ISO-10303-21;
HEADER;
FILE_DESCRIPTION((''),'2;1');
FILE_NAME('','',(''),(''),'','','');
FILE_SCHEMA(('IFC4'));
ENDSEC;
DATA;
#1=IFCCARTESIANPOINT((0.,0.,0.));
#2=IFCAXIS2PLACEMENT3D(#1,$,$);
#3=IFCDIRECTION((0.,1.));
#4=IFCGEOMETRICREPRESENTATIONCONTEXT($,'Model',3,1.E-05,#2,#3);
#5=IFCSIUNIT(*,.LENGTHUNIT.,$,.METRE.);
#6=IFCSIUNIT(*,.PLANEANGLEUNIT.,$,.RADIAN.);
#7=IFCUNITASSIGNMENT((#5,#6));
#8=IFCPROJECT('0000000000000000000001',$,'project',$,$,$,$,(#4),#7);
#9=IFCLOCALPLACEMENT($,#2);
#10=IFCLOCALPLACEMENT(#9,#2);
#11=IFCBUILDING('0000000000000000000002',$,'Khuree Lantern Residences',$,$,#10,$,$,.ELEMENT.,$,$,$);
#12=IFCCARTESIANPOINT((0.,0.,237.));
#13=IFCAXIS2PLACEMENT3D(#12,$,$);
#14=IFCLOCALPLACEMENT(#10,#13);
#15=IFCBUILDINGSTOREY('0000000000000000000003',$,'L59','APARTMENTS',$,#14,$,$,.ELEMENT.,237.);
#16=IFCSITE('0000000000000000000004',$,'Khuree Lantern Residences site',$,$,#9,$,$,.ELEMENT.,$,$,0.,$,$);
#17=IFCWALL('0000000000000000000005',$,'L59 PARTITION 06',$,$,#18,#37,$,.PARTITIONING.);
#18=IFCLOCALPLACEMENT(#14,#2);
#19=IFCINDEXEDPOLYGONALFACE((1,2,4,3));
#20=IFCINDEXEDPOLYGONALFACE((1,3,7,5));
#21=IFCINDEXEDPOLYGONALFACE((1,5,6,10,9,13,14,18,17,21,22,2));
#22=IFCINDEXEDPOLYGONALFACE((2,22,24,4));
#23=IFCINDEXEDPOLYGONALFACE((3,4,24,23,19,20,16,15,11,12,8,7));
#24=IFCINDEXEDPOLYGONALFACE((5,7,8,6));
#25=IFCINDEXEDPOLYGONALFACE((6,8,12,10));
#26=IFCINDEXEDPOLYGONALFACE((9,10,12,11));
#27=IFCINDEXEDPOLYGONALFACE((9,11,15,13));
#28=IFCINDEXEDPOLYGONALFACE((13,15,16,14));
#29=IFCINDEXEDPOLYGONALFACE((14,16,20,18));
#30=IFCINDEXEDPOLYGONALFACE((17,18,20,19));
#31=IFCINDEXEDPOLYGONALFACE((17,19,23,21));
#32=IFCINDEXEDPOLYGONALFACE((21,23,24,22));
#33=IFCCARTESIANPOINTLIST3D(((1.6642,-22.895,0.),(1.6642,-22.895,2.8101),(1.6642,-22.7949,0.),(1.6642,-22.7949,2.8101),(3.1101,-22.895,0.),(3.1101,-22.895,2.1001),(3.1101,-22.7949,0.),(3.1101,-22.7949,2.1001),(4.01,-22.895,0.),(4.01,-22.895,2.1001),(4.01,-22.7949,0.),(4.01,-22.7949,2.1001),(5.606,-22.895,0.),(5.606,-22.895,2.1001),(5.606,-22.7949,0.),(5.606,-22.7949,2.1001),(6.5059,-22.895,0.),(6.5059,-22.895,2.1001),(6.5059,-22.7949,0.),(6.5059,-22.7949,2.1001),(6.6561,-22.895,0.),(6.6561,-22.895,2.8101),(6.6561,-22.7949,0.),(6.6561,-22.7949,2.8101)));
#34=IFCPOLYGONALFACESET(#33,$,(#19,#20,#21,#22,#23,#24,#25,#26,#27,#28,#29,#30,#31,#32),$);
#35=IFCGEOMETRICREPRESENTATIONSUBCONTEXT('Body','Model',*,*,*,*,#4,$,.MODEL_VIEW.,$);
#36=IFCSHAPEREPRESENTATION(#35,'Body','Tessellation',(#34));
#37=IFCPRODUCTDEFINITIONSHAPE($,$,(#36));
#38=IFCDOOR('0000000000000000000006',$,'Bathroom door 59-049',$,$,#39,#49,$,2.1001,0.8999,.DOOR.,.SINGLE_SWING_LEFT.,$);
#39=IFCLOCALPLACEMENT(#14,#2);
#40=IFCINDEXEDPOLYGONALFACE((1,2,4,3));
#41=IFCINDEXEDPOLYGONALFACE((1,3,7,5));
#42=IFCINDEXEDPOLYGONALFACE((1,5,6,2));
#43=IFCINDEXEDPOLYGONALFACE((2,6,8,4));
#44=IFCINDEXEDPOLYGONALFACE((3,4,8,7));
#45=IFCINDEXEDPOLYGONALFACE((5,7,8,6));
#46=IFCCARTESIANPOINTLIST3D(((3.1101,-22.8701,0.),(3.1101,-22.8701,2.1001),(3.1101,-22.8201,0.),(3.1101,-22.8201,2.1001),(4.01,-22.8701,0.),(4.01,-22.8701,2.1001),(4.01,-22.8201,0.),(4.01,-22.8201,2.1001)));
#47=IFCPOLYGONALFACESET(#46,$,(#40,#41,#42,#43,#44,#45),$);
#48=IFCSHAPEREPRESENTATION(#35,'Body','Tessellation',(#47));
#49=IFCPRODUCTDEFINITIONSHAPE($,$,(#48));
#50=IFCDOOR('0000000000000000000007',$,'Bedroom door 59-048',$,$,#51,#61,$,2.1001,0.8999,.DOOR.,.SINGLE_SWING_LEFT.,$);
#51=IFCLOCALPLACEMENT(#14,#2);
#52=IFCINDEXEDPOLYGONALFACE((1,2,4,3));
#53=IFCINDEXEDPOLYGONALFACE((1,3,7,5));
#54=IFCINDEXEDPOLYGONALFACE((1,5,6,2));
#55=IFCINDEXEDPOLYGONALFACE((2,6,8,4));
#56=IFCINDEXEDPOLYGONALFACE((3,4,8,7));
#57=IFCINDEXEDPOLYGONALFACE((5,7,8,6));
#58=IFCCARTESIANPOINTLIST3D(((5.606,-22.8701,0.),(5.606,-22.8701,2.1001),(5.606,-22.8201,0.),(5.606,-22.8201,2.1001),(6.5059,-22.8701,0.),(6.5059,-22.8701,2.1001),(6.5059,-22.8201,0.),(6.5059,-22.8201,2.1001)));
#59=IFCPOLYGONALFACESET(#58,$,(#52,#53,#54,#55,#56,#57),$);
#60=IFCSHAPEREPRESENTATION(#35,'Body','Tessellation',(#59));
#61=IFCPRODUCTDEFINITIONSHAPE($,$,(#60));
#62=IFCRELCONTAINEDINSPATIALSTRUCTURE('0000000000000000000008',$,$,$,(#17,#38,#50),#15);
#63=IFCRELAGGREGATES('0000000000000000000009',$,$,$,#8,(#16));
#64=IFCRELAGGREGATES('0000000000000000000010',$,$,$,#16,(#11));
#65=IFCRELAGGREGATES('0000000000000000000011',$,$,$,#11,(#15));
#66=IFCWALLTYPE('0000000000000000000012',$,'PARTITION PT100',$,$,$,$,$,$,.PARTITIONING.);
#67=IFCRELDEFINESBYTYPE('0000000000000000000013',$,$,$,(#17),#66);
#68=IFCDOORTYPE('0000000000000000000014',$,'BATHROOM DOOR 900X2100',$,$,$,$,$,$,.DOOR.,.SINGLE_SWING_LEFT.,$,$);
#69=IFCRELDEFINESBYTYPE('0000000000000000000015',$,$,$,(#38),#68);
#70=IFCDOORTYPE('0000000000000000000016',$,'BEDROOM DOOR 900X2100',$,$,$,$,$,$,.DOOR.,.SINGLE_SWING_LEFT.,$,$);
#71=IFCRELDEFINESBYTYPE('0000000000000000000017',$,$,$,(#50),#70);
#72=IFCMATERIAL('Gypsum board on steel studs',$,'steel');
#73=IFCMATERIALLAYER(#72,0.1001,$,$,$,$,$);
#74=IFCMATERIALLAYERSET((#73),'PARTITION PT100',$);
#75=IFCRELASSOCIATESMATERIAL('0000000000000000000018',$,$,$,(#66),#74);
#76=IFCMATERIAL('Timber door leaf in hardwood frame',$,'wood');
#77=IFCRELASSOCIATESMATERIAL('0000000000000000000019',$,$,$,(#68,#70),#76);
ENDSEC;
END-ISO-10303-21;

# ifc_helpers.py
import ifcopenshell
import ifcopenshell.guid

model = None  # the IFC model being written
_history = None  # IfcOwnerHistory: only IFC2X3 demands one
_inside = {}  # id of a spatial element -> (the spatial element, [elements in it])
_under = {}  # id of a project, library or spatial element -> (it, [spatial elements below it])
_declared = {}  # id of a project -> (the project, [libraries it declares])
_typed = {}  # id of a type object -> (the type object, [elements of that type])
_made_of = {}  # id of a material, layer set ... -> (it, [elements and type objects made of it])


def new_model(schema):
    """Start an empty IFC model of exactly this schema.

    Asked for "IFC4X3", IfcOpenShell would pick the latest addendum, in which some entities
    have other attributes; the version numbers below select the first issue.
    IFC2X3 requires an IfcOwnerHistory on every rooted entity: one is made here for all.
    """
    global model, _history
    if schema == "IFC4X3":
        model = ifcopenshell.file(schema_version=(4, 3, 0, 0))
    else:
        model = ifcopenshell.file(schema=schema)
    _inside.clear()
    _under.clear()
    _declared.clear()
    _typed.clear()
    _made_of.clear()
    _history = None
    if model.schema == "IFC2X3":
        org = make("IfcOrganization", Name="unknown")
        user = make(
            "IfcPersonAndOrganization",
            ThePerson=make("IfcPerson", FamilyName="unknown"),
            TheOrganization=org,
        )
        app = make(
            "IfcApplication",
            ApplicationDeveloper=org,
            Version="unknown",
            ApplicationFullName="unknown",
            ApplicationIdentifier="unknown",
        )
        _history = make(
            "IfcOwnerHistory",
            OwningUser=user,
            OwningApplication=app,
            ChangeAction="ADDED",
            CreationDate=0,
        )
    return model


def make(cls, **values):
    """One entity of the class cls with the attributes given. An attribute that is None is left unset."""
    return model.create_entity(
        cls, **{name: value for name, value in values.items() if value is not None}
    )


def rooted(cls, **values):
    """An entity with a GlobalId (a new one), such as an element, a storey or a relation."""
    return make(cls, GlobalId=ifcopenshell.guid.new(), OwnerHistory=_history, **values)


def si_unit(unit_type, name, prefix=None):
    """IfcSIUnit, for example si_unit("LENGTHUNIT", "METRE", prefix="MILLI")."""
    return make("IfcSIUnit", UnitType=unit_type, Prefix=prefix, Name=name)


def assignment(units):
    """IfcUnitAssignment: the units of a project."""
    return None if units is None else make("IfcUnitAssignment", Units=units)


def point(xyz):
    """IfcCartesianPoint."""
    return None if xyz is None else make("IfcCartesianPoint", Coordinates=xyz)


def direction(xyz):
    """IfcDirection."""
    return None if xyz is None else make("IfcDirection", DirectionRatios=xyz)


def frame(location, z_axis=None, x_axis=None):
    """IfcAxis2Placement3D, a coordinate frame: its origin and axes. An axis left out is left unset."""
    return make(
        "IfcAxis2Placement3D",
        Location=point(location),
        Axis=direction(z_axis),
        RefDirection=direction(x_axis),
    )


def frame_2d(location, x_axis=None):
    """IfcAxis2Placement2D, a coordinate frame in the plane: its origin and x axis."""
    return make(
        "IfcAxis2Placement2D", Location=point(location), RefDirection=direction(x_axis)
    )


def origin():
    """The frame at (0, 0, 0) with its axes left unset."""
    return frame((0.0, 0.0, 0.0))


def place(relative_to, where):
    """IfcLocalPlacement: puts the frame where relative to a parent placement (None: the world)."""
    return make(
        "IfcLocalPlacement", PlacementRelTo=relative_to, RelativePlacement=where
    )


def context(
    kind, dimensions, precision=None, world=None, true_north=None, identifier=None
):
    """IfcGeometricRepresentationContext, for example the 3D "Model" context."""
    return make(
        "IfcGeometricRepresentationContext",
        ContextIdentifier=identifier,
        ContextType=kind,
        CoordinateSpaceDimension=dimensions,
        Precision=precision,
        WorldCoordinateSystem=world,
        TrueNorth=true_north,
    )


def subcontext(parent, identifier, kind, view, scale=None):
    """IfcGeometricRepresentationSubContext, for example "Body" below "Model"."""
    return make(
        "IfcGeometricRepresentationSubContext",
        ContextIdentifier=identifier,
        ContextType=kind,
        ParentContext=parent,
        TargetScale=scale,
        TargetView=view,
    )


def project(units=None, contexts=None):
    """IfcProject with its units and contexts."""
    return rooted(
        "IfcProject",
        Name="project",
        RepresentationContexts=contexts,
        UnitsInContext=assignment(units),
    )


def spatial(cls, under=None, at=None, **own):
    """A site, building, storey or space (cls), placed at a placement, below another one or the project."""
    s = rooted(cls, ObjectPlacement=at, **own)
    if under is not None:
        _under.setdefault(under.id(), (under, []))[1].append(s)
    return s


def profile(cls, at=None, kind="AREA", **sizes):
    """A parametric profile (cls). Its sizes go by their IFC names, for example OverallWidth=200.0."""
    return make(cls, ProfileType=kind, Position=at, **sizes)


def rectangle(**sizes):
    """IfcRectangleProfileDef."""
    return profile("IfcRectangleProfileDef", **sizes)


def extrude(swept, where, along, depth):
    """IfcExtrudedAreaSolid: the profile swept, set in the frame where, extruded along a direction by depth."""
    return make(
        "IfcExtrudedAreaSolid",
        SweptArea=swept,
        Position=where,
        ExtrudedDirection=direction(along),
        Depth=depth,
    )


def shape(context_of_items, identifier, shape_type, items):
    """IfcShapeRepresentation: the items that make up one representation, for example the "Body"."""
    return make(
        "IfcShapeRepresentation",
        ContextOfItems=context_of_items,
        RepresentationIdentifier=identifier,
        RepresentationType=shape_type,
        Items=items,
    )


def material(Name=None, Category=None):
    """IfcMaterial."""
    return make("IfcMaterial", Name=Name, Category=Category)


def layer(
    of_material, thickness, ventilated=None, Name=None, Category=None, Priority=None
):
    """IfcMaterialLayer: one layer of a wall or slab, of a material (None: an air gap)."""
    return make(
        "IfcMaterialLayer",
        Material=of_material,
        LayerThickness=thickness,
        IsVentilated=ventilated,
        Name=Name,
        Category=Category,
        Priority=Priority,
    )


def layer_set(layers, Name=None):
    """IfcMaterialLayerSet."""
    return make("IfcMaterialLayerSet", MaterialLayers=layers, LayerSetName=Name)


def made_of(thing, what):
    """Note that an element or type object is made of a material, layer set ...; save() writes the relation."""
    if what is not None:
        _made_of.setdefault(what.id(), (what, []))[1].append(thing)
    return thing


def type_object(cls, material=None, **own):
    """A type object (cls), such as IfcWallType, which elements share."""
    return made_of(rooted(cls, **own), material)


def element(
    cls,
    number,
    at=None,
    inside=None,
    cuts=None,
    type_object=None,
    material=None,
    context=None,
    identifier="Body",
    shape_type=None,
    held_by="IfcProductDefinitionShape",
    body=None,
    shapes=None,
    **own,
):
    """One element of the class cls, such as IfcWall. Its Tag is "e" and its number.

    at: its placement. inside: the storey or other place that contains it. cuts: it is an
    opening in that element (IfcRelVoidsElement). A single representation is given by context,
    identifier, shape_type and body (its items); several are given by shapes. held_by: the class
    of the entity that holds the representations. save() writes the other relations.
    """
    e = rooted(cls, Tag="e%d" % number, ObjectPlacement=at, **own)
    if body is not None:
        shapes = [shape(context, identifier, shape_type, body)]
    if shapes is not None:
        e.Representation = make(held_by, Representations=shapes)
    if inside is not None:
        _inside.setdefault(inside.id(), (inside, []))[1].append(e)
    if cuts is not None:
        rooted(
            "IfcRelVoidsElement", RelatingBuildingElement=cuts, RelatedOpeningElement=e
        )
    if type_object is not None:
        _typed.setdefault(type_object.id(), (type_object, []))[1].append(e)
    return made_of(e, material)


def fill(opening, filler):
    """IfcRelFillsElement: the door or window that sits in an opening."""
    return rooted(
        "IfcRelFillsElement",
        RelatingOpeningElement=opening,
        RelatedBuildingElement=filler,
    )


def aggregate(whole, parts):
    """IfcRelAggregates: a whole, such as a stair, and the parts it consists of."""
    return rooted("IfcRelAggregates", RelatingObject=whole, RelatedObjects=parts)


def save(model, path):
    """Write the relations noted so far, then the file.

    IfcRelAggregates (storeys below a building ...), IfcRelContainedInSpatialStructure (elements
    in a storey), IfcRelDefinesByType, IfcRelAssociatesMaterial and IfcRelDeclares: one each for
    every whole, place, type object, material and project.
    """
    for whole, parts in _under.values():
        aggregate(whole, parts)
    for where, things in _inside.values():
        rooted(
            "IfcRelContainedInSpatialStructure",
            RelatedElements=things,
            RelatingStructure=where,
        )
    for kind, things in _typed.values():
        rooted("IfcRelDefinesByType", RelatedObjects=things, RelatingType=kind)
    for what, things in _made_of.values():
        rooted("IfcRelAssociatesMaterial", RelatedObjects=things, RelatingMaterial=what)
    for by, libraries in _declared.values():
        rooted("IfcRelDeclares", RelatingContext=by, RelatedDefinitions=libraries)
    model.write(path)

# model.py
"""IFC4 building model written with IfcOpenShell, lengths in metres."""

from ifc_helpers import new_model, si_unit, direction, frame, frame_2d, origin, place, context, subcontext, project, spatial, rectangle, extrude, material, layer, layer_set, type_object, element, fill, save


model = new_model("IFC4")

# Units and contexts
model_context = context("Model", 3, precision=1e-05, world=origin(), true_north=direction((0.0, 1.0)))
body_context = subcontext(model_context, "Body", "Model", "MODEL_VIEW")
ifc_project = project(units=[si_unit("LENGTHUNIT", "METRE"), si_unit("PLANEANGLEUNIT", "RADIAN")], contexts=[model_context])

# Site, building, storey
site_placement = place(None, origin())
site = spatial("IfcSite", under=ifc_project, at=site_placement, Name="Khuree Lantern Residences site", CompositionType="ELEMENT", RefElevation=0.0)
building_placement = place(site_placement, origin())
building = spatial("IfcBuilding", under=site, at=building_placement, Name="Khuree Lantern Residences", CompositionType="ELEMENT")
storey_placement = place(building_placement, frame((0.0, 0.0, 237.0)))
storey = spatial("IfcBuildingStorey", under=building, at=storey_placement, Name="L59", Description="APARTMENTS", CompositionType="ELEMENT", Elevation=237.0)

# Shared definitions
ifc_material_1 = material(Name="Gypsum board on steel studs", Category="steel")
ifc_layer_1 = layer(ifc_material_1, 0.1001)
ifc_layer_set_1 = layer_set([ifc_layer_1], Name="PARTITION PT100")
wall_type = type_object("IfcWallType", Name="PARTITION PT100", PredefinedType="PARTITIONING", material=ifc_layer_set_1)

# Wall, openings, doors
wall_1_placement = place(storey_placement, frame((1.6641, -22.845, 0.0), z_axis=(0.0, 0.0, 1.0), x_axis=(1.0, 0.0, 0.0)))
wall_1 = element("IfcWall", 1, at=wall_1_placement, inside=storey, type_object=wall_type, Name="L59 PARTITION 06", PredefinedType="PARTITIONING", context=body_context, shape_type="SweptSolid", body=[
    extrude(rectangle(XDim=4.9919, YDim=0.1001, at=frame_2d((2.4961, 0.0))), origin(), (0.0, 0.0, 1.0), 2.8101),
])
opening_1_placement = place(wall_1_placement, frame((3.9419, 0.0, 0.0)))
opening_1 = element("IfcOpeningElement", 2, at=opening_1_placement, cuts=wall_1, PredefinedType="OPENING", context=body_context, shape_type="SweptSolid", body=[
    extrude(rectangle(XDim=0.8999, YDim=2.1001, at=frame_2d((0.45, 1.05))), frame((0.0, 0.0601, 0.0), z_axis=(0.0, -1.0, 0.0), x_axis=(1.0, 0.0, 0.0)), (0.0, 0.0, 1.0), 0.1201),
])
opening_2_placement = place(wall_1_placement, frame((1.446, 0.0, 0.0)))
opening_2 = element("IfcOpeningElement", 3, at=opening_2_placement, cuts=wall_1, PredefinedType="OPENING", context=body_context, shape_type="SweptSolid", body=[
    extrude(rectangle(XDim=0.8999, YDim=2.1001, at=frame_2d((0.45, 1.05))), frame((0.0, 0.0601, 0.0), z_axis=(0.0, -1.0, 0.0), x_axis=(1.0, 0.0, 0.0)), (0.0, 0.0, 1.0), 0.1201),
])
ifc_material_2 = material(Name="Timber door leaf in hardwood frame", Category="wood")
door_type_1 = type_object("IfcDoorType", Name="BATHROOM DOOR 900X2100", OperationType="SINGLE_SWING_LEFT", PredefinedType="DOOR", material=ifc_material_2)
door_1_placement = place(opening_2_placement, origin())
door_1 = element("IfcDoor", 4, at=door_1_placement, inside=storey, type_object=door_type_1, Name="Bathroom door 59-049", OperationType="SINGLE_SWING_LEFT", OverallHeight=2.1001, OverallWidth=0.8999, PredefinedType="DOOR", context=body_context, shape_type="SweptSolid", body=[
    extrude(rectangle(XDim=0.8999, YDim=2.1001, at=frame_2d((0.45, 1.05))), frame((0.0, 0.0249, 0.0), z_axis=(0.0, -1.0, 0.0), x_axis=(1.0, 0.0, 0.0)), (0.0, 0.0, 1.0), 0.05),
])
fill(opening_2, door_1)
door_type_2 = type_object("IfcDoorType", Name="BEDROOM DOOR 900X2100", OperationType="SINGLE_SWING_LEFT", PredefinedType="DOOR", material=ifc_material_2)
door_2_placement = place(opening_1_placement, origin())
door_2 = element("IfcDoor", 5, at=door_2_placement, inside=storey, type_object=door_type_2, Name="Bedroom door 59-048", OperationType="SINGLE_SWING_LEFT", OverallHeight=2.1001, OverallWidth=0.8999, PredefinedType="DOOR", context=body_context, shape_type="SweptSolid", body=[
    extrude(rectangle(XDim=0.8999, YDim=2.1001, at=frame_2d((0.45, 1.05))), frame((0.0, 0.0249, 0.0), z_axis=(0.0, -1.0, 0.0), x_axis=(1.0, 0.0, 0.0)), (0.0, 0.0, 1.0), 0.05),
])
fill(opening_1, door_2)

save(model, "model.ifc")
